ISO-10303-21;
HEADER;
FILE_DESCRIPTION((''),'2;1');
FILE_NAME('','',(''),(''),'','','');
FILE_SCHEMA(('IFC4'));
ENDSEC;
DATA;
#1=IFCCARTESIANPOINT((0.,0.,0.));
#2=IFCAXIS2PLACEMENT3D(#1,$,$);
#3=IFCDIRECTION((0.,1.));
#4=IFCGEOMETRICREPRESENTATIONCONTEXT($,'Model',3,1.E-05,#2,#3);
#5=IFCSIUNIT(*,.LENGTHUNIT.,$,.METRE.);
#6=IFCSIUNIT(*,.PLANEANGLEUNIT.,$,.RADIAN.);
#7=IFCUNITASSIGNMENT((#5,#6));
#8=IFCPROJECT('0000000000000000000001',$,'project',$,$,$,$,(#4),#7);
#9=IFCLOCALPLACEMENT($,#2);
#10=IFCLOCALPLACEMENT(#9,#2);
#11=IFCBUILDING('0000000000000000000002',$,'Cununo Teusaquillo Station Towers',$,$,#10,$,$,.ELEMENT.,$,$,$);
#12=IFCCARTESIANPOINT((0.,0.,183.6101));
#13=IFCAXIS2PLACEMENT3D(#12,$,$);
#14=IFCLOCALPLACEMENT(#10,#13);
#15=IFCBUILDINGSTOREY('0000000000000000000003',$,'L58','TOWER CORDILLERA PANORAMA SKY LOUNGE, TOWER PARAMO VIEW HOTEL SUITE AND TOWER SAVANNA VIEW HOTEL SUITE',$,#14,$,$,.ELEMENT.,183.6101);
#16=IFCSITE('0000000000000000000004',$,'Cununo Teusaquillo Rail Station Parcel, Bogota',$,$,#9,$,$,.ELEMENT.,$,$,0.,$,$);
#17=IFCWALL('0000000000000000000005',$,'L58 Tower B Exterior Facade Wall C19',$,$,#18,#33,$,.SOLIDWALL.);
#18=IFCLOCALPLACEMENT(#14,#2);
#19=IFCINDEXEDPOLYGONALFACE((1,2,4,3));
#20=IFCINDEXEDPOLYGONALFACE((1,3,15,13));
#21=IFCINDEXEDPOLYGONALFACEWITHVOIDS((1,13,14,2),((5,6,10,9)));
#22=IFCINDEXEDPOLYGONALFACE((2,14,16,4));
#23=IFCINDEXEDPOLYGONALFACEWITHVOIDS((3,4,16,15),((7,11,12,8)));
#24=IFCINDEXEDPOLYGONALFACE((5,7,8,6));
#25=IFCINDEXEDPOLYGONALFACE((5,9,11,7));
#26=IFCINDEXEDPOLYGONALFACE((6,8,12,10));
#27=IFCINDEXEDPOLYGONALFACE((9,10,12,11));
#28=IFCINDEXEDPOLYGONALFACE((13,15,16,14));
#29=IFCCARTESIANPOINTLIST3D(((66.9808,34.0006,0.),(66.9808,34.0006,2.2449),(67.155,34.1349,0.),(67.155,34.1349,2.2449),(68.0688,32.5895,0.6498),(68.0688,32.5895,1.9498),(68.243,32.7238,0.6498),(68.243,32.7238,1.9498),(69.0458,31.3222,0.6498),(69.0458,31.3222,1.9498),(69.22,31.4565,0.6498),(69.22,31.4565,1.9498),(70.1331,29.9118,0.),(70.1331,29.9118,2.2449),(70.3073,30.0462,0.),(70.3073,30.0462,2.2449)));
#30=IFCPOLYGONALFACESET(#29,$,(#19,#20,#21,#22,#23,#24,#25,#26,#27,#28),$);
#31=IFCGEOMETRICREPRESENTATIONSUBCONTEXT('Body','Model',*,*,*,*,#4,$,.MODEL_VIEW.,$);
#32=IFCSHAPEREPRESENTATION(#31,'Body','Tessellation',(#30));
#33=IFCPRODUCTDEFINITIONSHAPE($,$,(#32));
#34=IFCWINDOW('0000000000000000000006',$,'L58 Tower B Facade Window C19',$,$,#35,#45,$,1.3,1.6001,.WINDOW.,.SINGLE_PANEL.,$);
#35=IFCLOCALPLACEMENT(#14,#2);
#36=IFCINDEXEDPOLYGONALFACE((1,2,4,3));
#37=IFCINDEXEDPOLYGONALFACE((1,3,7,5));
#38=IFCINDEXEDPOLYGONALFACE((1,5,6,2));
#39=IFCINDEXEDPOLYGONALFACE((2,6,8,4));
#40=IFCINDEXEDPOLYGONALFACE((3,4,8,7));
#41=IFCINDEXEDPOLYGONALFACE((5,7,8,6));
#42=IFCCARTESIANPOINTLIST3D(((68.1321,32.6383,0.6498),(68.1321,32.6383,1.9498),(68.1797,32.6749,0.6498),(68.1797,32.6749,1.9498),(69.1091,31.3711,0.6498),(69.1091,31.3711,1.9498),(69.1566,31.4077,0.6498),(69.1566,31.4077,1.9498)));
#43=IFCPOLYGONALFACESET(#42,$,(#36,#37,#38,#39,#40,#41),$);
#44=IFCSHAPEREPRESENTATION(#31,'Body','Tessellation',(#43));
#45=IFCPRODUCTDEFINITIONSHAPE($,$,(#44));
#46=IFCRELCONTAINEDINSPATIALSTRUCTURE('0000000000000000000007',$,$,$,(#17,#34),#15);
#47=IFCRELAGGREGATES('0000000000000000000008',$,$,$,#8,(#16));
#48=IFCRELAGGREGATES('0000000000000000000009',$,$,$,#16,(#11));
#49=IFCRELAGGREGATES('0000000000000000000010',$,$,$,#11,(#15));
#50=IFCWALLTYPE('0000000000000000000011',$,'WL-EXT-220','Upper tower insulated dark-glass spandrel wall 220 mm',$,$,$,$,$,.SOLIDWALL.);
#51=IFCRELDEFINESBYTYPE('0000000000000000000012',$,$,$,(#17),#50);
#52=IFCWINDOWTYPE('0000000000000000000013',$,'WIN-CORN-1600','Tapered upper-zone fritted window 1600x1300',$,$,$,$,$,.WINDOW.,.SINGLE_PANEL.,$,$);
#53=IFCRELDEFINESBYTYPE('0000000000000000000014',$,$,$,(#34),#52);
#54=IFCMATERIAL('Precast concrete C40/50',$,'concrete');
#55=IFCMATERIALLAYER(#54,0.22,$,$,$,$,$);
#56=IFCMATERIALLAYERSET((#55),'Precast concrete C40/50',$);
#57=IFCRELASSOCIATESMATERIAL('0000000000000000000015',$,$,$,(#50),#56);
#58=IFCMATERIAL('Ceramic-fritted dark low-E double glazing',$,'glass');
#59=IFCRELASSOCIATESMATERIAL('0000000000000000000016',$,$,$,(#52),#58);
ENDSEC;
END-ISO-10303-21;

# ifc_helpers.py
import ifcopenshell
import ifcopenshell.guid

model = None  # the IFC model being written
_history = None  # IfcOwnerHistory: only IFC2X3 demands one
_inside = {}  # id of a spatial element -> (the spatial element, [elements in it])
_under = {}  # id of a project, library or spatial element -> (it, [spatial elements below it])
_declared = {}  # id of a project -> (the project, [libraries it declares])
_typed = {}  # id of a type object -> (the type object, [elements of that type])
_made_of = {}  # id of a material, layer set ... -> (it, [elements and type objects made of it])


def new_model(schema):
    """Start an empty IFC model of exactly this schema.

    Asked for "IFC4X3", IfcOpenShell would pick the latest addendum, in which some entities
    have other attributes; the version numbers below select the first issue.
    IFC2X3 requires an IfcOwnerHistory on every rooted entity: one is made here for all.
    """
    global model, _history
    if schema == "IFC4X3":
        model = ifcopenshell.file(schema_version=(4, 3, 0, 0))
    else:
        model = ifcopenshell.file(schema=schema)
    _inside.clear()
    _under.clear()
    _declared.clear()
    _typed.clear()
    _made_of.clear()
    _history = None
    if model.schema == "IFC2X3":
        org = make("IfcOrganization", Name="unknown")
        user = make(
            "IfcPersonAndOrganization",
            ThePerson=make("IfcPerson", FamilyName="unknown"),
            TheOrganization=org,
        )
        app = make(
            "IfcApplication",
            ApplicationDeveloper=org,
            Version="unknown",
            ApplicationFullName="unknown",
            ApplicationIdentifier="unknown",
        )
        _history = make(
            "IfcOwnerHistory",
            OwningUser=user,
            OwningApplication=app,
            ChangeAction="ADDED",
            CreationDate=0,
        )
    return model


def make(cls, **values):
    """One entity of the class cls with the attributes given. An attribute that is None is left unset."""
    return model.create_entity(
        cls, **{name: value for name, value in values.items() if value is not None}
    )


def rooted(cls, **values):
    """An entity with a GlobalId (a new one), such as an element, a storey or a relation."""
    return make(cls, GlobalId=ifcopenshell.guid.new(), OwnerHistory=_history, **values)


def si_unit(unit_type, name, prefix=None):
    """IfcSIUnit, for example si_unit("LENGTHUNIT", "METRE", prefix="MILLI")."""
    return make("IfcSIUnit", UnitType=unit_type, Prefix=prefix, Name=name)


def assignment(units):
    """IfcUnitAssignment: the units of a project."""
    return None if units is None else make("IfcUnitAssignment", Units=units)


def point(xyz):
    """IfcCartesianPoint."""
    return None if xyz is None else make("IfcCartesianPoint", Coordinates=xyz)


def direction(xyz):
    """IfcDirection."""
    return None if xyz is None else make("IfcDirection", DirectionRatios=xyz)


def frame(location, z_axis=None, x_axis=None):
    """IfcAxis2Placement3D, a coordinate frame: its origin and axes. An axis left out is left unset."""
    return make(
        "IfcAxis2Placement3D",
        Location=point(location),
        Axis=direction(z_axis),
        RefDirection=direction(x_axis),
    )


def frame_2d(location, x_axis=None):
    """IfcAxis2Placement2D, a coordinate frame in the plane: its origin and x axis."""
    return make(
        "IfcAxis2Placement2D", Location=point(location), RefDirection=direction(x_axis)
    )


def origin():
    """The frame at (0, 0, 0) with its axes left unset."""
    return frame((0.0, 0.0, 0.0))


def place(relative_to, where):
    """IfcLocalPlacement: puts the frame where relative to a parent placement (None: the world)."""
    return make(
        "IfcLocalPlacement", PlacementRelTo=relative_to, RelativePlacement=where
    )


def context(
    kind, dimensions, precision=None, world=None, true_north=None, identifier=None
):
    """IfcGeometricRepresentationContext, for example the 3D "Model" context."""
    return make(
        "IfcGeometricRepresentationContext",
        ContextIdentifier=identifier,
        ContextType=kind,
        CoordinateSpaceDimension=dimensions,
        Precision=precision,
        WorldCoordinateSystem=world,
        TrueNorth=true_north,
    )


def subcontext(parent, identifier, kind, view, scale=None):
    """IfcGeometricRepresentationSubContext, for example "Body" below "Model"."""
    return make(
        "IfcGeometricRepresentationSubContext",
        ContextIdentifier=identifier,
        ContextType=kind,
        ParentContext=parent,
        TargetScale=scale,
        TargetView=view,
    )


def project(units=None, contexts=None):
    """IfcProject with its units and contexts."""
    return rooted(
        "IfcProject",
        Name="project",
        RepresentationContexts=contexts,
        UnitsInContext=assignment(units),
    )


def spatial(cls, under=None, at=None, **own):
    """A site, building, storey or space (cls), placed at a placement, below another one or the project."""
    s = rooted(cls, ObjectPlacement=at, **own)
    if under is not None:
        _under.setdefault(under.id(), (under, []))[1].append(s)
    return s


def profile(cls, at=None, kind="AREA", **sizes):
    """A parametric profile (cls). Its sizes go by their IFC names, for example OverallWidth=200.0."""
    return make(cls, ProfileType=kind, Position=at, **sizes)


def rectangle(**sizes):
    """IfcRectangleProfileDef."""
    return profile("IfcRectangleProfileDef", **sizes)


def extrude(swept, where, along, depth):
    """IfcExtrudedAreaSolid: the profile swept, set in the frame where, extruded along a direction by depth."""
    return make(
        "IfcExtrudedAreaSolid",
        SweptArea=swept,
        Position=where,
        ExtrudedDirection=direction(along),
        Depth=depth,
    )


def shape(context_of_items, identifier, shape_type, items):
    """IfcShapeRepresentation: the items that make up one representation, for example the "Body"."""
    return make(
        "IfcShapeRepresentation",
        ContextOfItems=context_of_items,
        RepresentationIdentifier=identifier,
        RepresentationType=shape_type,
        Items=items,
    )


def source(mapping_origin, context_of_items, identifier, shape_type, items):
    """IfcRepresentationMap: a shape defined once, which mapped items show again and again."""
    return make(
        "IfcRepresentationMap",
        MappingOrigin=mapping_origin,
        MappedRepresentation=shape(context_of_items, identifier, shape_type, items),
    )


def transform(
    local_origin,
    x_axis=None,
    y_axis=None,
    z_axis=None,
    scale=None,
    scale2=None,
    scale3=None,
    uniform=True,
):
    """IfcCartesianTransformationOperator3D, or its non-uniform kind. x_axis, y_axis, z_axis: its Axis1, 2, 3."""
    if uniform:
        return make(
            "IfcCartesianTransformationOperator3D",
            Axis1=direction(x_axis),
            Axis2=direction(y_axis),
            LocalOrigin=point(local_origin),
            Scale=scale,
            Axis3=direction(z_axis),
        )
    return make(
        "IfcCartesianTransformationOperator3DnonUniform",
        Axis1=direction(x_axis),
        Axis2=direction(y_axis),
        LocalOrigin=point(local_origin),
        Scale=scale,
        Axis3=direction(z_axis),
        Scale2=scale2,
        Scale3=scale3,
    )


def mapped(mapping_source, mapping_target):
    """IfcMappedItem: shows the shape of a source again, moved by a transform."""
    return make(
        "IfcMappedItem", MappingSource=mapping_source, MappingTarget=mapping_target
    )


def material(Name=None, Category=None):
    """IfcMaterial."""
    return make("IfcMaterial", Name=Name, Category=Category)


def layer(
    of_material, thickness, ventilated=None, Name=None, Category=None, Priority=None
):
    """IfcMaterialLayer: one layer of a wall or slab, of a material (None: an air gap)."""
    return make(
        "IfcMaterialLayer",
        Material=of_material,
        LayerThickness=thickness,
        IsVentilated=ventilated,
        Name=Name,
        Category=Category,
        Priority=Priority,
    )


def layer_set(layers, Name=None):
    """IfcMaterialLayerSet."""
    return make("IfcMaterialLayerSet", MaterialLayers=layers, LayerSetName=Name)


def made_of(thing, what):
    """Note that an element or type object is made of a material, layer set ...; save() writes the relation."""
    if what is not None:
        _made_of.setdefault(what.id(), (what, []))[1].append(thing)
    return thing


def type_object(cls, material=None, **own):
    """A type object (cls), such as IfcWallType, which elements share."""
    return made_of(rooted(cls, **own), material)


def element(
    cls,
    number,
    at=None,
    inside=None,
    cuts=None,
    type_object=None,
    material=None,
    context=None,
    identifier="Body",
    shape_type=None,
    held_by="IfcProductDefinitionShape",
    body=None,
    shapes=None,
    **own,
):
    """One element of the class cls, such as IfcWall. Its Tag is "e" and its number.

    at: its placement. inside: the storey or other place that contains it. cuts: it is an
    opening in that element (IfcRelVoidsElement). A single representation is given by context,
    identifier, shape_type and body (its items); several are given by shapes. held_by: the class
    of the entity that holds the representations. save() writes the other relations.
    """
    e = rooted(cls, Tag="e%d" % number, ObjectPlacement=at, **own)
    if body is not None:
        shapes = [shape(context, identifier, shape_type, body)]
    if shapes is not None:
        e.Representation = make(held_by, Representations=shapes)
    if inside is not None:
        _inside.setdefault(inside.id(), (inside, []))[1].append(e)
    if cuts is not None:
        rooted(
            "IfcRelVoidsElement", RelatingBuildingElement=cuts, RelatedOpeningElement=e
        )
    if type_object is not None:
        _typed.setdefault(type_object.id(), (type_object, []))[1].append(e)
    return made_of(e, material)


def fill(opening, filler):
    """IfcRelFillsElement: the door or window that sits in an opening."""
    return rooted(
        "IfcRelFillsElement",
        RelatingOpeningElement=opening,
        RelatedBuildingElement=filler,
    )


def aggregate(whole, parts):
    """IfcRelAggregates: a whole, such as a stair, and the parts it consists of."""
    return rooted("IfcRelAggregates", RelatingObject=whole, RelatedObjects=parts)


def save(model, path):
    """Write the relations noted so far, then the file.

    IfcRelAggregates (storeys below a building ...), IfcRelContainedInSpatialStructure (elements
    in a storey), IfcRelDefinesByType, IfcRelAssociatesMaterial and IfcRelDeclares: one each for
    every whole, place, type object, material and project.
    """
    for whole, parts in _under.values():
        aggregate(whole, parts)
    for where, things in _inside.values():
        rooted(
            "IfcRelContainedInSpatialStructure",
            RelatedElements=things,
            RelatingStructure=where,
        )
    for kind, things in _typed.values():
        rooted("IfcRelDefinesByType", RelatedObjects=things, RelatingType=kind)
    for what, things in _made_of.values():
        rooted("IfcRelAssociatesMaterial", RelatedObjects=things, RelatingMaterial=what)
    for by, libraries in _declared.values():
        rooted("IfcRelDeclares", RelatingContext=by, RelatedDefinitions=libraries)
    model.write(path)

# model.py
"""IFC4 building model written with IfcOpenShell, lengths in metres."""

from ifc_helpers import new_model, si_unit, direction, frame, frame_2d, origin, place, context, subcontext, project, spatial, rectangle, extrude, source, transform, mapped, material, layer, layer_set, type_object, element, fill, save


model = new_model("IFC4")

# Units and contexts
model_context = context("Model", 3, precision=1e-05, world=origin(), true_north=direction((0.0, 1.0)))
body_context = subcontext(model_context, "Body", "Model", "MODEL_VIEW")
ifc_project = project(units=[si_unit("LENGTHUNIT", "METRE"), si_unit("PLANEANGLEUNIT", "RADIAN")], contexts=[model_context])

# Site, building, storey
site_placement = place(None, origin())
site = spatial("IfcSite", under=ifc_project, at=site_placement, Name="Cununo Teusaquillo Rail Station Parcel, Bogota", CompositionType="ELEMENT", RefElevation=0.0)
building_placement = place(site_placement, origin())
building = spatial("IfcBuilding", under=site, at=building_placement, Name="Cununo Teusaquillo Station Towers", CompositionType="ELEMENT")
storey_placement = place(building_placement, frame((0.0, 0.0, 183.6101)))
storey = spatial("IfcBuildingStorey", under=building, at=storey_placement, Name="L58", Description="TOWER CORDILLERA PANORAMA SKY LOUNGE, TOWER PARAMO VIEW HOTEL SUITE AND TOWER SAVANNA VIEW HOTEL SUITE", CompositionType="ELEMENT", Elevation=183.6101)

# Shared definitions
ifc_material_1 = material(Name="Precast concrete C40/50", Category="concrete")
ifc_layer_1 = layer(ifc_material_1, 0.22)
ifc_layer_set_1 = layer_set([ifc_layer_1], Name="Precast concrete C40/50")
wall_type = type_object("IfcWallType", Name="WL-EXT-220", Description="Upper tower insulated dark-glass spandrel wall 220 mm", PredefinedType="SOLIDWALL", material=ifc_layer_set_1)

# Wall, opening, window
wall_1_placement = place(storey_placement, frame((67.0679, 34.0679, 0.0), z_axis=(0.0, 0.0, 1.0), x_axis=(0.61057, -0.791963, 0.0)))
wall_1 = element("IfcWall", 1, at=wall_1_placement, inside=storey, type_object=wall_type, Name="L58 Tower B Exterior Facade Wall C19", PredefinedType="SOLIDWALL", context=body_context, shape_type="SweptSolid", body=[
    extrude(rectangle(XDim=5.1628, YDim=0.22, at=frame_2d((2.5815, 0.0))), origin(), (0.0, 0.0, 1.0), 2.2449),
])
shared_shape_1 = source(origin(), body_context, "Body", "SweptSolid", [
    extrude(rectangle(XDim=1.6001, YDim=1.3, at=frame_2d((0.8, 0.6499))), frame((0.0, 0.1199, 0.0), z_axis=(0.0, -1.0, 0.0), x_axis=(1.0, 0.0, 0.0)), (0.0, 0.0, 1.0), 0.24),
])
opening_placement = place(wall_1_placement, frame((1.782, 0.0, 0.6499)))
opening = element("IfcOpeningElement", 2, at=opening_placement, cuts=wall_1, PredefinedType="OPENING", context=body_context, shape_type="MappedRepresentation", body=[
    mapped(shared_shape_1, transform((0.0, 0.0, 0.0), x_axis=(1.0, 0.0, 0.0), y_axis=(0.0, 1.0, 0.0), z_axis=(0.0, 0.0, 1.0), scale=1.0)),
])
ifc_material_2 = material(Name="Ceramic-fritted dark low-E double glazing", Category="glass")
window_type = type_object("IfcWindowType", Name="WIN-CORN-1600", Description="Tapered upper-zone fritted window 1600x1300", PartitioningType="SINGLE_PANEL", PredefinedType="WINDOW", material=ifc_material_2)
shared_shape_2 = source(origin(), body_context, "Body", "SweptSolid", [
    extrude(rectangle(XDim=1.6001, YDim=1.3, at=frame_2d((0.8, 0.6499))), frame((0.0, 0.03, 0.0), z_axis=(0.0, -1.0, 0.0), x_axis=(1.0, 0.0, 0.0)), (0.0, 0.0, 1.0), 0.0601),
])
window_placement = place(opening_placement, origin())
window = element("IfcWindow", 3, at=window_placement, inside=storey, type_object=window_type, Name="L58 Tower B Facade Window C19", OverallHeight=1.3, OverallWidth=1.6001, PartitioningType="SINGLE_PANEL", PredefinedType="WINDOW", context=body_context, shape_type="MappedRepresentation", body=[
    mapped(shared_shape_2, transform((0.0, 0.0, 0.0), x_axis=(1.0, 0.0, 0.0), y_axis=(0.0, 1.0, 0.0), z_axis=(0.0, 0.0, 1.0), scale=1.0)),
])
fill(opening, window)

save(model, "model.ifc")
